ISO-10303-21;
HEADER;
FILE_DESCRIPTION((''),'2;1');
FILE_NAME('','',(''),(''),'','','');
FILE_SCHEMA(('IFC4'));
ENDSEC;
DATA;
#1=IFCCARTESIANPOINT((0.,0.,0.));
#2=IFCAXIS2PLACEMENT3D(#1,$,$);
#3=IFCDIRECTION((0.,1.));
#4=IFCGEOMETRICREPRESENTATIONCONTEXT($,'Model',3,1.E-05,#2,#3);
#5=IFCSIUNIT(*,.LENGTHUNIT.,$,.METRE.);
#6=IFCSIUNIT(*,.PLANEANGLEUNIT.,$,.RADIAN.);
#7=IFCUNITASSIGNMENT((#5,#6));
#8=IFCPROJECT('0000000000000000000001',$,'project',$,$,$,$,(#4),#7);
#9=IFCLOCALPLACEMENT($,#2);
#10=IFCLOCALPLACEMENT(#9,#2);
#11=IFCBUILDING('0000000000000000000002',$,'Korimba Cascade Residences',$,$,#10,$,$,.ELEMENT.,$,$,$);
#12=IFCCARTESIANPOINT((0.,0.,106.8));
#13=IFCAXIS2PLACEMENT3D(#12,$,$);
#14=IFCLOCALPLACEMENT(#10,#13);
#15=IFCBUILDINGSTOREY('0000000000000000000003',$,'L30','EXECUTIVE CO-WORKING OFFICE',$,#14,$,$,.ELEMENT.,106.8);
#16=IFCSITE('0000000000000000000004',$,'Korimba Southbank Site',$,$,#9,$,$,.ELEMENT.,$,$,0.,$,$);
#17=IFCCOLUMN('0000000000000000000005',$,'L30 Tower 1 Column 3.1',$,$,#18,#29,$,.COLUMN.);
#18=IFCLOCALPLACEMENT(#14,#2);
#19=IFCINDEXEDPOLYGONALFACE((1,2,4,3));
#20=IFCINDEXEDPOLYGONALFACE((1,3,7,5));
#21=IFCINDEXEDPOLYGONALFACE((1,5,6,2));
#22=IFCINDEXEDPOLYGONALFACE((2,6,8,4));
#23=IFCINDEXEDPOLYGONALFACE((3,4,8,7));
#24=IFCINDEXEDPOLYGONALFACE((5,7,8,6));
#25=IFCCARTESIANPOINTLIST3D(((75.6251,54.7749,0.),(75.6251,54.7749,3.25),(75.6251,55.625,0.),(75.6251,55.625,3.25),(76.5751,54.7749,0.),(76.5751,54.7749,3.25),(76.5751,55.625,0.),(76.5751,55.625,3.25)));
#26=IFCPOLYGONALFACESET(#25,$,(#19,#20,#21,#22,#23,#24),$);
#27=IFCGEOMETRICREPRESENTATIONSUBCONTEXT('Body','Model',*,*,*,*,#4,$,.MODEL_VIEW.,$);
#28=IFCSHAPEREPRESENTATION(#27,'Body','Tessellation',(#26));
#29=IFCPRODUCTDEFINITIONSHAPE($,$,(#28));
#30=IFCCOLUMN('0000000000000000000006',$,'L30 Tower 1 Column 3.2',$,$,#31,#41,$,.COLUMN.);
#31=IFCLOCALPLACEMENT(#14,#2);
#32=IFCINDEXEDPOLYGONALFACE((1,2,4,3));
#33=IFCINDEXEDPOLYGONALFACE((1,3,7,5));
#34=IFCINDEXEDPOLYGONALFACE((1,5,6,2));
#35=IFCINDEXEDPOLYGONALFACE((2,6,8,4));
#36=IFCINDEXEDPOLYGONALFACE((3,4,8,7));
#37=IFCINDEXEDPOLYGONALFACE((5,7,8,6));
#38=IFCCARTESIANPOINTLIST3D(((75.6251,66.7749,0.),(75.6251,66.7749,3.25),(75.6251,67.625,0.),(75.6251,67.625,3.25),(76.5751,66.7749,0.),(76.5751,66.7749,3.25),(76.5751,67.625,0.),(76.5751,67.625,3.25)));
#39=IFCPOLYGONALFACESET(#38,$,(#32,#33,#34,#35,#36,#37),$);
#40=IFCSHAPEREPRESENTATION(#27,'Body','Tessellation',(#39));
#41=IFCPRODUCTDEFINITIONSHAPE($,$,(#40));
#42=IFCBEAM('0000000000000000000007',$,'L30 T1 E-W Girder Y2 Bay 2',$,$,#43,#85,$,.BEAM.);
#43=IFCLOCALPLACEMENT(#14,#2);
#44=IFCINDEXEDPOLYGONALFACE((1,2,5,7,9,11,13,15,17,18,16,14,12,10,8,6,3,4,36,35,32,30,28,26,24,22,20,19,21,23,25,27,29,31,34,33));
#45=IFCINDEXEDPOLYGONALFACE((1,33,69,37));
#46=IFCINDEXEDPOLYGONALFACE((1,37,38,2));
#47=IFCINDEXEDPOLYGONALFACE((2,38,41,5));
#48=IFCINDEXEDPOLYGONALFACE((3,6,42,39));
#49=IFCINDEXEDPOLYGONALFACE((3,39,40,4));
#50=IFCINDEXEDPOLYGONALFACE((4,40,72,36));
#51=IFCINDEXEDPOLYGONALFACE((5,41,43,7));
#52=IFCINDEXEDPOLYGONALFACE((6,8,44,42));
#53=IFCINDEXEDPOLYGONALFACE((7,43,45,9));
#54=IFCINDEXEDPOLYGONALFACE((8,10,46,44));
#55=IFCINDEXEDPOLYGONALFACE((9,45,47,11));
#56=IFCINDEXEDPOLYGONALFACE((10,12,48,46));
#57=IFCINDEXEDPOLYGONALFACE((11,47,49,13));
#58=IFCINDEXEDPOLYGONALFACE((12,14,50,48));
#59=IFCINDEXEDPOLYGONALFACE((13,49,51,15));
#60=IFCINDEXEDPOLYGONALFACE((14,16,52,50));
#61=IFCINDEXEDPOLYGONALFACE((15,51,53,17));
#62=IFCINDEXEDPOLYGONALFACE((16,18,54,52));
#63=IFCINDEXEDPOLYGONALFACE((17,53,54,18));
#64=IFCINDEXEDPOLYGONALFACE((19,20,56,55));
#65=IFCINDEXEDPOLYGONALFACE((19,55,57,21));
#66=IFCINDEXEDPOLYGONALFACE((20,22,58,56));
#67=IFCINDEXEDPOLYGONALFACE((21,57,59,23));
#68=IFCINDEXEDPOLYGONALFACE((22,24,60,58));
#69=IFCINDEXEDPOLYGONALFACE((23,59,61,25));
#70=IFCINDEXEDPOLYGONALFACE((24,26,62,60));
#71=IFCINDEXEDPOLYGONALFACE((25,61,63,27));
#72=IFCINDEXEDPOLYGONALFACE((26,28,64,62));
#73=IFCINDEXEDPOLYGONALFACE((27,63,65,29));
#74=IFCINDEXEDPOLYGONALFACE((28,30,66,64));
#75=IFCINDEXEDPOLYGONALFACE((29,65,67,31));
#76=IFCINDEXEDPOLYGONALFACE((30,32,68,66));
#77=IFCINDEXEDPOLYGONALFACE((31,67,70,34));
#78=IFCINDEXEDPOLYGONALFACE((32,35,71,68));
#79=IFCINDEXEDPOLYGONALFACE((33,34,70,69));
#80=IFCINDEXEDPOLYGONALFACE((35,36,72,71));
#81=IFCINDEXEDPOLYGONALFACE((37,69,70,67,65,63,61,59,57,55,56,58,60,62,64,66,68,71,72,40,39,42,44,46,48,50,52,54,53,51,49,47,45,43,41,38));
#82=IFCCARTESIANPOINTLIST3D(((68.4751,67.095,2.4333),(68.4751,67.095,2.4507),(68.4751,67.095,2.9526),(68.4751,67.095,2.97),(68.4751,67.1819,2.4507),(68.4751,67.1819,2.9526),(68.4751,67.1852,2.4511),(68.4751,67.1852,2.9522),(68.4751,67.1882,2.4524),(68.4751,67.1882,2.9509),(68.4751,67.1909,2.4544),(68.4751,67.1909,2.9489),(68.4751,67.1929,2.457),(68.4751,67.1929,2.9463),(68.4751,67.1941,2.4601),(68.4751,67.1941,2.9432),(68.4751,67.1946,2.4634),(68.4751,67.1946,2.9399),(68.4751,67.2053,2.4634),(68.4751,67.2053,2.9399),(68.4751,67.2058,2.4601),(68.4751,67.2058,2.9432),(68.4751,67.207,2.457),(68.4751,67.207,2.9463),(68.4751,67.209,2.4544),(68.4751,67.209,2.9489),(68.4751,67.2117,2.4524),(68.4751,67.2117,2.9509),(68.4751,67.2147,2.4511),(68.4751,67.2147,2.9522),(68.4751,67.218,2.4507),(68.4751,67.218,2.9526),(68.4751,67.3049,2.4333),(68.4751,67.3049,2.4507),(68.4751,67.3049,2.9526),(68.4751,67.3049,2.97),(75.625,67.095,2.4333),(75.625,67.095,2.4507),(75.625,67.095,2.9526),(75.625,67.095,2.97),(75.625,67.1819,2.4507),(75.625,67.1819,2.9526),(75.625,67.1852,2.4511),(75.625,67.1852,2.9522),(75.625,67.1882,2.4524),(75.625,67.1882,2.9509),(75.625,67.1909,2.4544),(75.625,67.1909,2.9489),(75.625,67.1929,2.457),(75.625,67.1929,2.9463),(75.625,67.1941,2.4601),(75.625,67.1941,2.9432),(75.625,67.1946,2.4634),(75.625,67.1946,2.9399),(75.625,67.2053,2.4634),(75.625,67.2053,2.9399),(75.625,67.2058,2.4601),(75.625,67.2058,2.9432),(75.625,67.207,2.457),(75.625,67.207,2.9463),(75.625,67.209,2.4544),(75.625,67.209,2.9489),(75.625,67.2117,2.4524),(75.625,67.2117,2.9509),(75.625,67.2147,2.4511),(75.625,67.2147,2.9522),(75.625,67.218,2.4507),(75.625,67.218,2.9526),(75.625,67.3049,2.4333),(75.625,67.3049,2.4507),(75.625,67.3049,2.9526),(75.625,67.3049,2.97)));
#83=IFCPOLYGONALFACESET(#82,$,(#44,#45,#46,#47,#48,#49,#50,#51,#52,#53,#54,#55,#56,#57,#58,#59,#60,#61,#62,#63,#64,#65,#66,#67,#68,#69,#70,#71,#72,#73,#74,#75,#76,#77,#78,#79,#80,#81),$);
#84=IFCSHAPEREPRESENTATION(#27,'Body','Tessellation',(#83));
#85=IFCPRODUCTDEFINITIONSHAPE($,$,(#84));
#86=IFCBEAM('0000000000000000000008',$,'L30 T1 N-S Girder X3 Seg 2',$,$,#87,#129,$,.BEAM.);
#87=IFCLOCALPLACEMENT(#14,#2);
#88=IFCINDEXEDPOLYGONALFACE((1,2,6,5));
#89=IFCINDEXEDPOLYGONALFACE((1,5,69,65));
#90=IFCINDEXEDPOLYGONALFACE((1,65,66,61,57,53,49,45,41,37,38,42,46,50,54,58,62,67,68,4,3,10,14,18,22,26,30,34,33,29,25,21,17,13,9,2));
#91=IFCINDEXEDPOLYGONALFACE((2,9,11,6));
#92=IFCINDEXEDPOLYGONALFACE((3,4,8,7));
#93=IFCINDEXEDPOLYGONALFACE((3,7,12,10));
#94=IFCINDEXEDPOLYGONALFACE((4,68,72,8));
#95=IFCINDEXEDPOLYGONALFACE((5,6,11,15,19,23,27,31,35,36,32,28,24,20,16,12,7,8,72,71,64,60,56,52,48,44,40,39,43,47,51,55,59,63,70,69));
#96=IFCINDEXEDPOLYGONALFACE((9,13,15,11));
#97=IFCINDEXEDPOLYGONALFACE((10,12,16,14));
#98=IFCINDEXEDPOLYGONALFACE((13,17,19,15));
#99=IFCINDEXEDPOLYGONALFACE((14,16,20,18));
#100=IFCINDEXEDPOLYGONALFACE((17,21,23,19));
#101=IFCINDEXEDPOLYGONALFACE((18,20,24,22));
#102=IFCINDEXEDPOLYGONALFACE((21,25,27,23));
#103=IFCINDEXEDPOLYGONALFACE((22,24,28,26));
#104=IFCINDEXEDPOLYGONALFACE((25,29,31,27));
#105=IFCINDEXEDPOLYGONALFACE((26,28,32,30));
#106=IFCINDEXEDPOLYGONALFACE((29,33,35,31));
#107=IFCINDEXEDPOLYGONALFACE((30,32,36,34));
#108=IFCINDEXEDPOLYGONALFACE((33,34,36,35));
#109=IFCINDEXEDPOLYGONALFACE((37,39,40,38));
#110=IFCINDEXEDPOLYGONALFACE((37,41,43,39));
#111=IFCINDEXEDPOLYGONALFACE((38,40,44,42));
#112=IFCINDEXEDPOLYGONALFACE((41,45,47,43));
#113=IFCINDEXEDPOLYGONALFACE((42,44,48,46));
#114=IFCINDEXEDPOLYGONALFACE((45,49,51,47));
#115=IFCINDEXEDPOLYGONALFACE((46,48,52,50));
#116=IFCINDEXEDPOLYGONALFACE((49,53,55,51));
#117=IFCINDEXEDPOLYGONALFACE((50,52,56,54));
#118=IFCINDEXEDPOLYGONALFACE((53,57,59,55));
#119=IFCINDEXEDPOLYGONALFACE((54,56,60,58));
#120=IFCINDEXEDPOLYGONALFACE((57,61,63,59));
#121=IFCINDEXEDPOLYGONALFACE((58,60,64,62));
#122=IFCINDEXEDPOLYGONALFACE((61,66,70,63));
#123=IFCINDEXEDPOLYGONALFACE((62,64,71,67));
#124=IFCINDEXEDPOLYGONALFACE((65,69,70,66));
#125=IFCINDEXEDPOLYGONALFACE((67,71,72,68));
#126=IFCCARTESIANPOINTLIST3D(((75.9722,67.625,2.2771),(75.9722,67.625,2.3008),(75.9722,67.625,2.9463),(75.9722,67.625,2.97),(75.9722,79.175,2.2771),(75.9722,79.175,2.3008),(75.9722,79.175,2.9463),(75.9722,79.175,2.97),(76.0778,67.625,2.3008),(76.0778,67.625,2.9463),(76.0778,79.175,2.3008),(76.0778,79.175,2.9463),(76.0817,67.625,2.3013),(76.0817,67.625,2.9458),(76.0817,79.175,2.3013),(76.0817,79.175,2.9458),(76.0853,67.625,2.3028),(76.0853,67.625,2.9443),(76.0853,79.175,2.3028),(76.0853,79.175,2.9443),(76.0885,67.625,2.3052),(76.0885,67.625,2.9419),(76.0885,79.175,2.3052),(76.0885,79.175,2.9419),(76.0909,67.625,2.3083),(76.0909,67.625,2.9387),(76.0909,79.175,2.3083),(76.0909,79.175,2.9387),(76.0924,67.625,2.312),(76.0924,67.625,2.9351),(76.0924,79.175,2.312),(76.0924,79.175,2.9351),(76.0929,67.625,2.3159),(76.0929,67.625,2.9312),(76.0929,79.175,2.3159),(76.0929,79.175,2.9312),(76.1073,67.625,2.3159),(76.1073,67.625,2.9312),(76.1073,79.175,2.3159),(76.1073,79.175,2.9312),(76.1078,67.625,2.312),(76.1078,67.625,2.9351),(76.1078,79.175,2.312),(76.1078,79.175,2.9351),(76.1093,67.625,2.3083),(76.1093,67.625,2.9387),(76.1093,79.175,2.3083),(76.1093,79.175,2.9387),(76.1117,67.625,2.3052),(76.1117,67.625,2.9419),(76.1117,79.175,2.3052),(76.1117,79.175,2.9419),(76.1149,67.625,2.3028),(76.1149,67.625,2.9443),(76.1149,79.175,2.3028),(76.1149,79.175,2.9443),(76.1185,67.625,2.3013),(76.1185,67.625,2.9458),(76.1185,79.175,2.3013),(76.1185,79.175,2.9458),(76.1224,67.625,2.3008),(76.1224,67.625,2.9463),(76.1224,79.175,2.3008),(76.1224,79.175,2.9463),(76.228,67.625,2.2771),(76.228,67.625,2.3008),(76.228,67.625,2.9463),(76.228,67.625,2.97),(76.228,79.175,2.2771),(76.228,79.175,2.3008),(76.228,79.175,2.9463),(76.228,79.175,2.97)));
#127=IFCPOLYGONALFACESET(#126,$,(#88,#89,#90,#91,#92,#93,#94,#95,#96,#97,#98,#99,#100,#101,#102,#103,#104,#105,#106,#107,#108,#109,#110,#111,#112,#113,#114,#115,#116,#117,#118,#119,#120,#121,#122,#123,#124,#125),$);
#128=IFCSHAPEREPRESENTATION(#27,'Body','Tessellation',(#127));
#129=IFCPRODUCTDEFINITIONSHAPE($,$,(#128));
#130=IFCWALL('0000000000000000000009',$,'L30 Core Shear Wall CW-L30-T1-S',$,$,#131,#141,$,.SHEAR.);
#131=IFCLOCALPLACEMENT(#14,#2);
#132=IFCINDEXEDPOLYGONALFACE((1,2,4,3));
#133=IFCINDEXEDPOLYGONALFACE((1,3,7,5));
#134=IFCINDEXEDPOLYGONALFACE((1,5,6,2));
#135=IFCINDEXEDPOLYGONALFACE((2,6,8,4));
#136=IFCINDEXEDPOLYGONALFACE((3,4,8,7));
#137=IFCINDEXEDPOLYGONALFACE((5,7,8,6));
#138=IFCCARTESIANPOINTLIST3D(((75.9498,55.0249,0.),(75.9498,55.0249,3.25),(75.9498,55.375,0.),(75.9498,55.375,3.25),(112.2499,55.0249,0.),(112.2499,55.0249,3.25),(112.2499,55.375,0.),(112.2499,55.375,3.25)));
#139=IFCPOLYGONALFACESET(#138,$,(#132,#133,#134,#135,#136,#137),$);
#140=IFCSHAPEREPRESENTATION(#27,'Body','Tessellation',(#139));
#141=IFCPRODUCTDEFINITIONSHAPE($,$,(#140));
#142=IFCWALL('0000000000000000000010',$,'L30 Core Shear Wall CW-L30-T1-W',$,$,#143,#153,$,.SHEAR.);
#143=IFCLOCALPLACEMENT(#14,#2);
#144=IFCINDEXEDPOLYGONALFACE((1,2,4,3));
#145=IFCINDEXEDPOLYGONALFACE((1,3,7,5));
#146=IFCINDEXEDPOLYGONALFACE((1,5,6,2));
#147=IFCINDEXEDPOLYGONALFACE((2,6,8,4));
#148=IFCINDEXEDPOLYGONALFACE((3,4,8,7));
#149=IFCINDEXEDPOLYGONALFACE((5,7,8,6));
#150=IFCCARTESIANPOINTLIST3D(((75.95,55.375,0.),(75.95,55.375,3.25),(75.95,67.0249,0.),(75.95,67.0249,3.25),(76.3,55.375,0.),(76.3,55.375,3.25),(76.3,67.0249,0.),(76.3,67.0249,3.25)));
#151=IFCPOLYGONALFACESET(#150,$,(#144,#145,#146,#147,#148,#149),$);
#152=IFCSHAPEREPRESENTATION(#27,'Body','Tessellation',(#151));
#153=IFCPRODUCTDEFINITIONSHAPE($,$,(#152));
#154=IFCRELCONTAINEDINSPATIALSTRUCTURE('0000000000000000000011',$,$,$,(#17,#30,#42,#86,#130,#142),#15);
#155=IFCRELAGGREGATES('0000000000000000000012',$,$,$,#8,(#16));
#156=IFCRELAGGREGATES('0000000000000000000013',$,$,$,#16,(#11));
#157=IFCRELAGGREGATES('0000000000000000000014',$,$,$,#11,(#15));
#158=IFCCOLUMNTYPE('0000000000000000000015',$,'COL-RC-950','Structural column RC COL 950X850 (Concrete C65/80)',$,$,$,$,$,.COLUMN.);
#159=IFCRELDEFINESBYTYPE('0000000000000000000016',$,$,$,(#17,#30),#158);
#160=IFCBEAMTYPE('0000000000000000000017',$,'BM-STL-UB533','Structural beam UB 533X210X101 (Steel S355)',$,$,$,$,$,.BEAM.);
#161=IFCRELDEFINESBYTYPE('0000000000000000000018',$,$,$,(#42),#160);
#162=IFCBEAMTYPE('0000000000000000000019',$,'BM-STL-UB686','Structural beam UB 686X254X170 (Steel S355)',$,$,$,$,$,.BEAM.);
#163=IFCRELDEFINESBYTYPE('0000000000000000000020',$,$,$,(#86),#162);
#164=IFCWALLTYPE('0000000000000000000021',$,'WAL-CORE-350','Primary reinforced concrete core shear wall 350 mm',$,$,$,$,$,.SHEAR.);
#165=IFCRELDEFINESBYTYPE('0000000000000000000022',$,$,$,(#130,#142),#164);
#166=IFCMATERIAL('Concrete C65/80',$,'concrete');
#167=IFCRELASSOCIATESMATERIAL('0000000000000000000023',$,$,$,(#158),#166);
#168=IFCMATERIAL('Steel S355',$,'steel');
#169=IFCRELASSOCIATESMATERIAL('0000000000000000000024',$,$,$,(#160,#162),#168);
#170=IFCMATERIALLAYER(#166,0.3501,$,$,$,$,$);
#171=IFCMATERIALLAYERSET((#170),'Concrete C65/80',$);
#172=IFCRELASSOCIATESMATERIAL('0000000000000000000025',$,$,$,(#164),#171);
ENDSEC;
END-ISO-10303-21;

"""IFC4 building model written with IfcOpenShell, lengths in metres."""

from ifc_helpers import new_model, si_unit, direction, frame, frame_2d, origin, origin_2d, place, context, subcontext, project, spatial, rectangle, i_section, extrude, material, layer, layer_set, material_profile, profile_set, type_object, element, save


model = new_model("IFC4")

# Units and contexts
model_context = context("Model", 3, precision=1e-05, world=origin(), true_north=direction((0.0, 1.0)))
body_context = subcontext(model_context, "Body", "Model", "MODEL_VIEW")
ifc_project = project(units=[si_unit("LENGTHUNIT", "METRE"), si_unit("PLANEANGLEUNIT", "RADIAN")], contexts=[model_context])

# Site, building, storey
site_placement = place(None, origin())
site = spatial("IfcSite", under=ifc_project, at=site_placement, Name="Korimba Southbank Site", CompositionType="ELEMENT", RefElevation=0.0)
building_placement = place(site_placement, origin())
building = spatial("IfcBuilding", under=site, at=building_placement, Name="Korimba Cascade Residences", CompositionType="ELEMENT")
storey_placement = place(building_placement, frame((0.0, 0.0, 106.8)))
storey = spatial("IfcBuildingStorey", under=building, at=storey_placement, Name="L30", Description="EXECUTIVE CO-WORKING OFFICE", CompositionType="ELEMENT", Elevation=106.8)

# Columns
ifc_material_1 = material(Name="Concrete C65/80", Category="concrete")
ifc_material_profile_1 = material_profile(ifc_material_1, rectangle(XDim=0.95, YDim=0.8501, at=origin_2d()), Name="Concrete C65/80")
ifc_profile_set_1 = profile_set([ifc_material_profile_1], Name="Concrete C65/80")
column_type = type_object("IfcColumnType", Name="COL-RC-950", Description="Structural column RC COL 950X850 (Concrete C65/80)", PredefinedType="COLUMN", material=ifc_profile_set_1)
for number, where, z_axis, x_axis, name in (
    (1, (76.1001, 55.2, 0.0), (0.0, 0.0, 1.0), (1.0, 0.0, 0.0), "L30 Tower 1 Column 3.1"),
    (2, (76.1001, 67.2, 0.0), (0.0, 0.0, 1.0), (1.0, 0.0, 0.0), "L30 Tower 1 Column 3.2"),
):
    element("IfcColumn", number, at=place(storey_placement, frame(where, z_axis=z_axis, x_axis=x_axis)), inside=storey, type_object=column_type, Name=name, PredefinedType="COLUMN", context=body_context, shape_type="SweptSolid", body=[
        extrude(rectangle(XDim=0.95, YDim=0.8501, at=origin_2d()), origin(), (0.0, 0.0, 1.0), 3.25),
    ])

# Beams
ifc_material_2 = material(Name="Steel S355", Category="steel")
ifc_material_profile_2 = material_profile(ifc_material_2, i_section(OverallWidth=0.21, OverallDepth=0.5366, WebThickness=0.0107, FlangeThickness=0.0173, FilletRadius=0.0127, at=origin_2d()), Name="Steel S355")
ifc_profile_set_2 = profile_set([ifc_material_profile_2], Name="Steel S355")
beam_type_1 = type_object("IfcBeamType", Name="BM-STL-UB533", Description="Structural beam UB 533X210X101 (Steel S355)", PredefinedType="BEAM", material=ifc_profile_set_2)
beam_1_placement = place(storey_placement, frame((68.4751, 67.2, 2.7017), z_axis=(1.0, 0.0, 0.0), x_axis=(0.0, 1.0, 0.0)))
element("IfcBeam", 3, at=beam_1_placement, inside=storey, type_object=beam_type_1, Name="L30 T1 E-W Girder Y2 Bay 2", PredefinedType="BEAM", context=body_context, shape_type="SweptSolid", body=[
    extrude(i_section(OverallWidth=0.21, OverallDepth=0.5366, WebThickness=0.0107, FlangeThickness=0.0173, FilletRadius=0.0127, at=origin_2d()), origin(), (0.0, 0.0, 1.0), 7.1499),
])
ifc_material_profile_3 = material_profile(ifc_material_2, i_section(OverallWidth=0.2559, OverallDepth=0.6929, WebThickness=0.0144, FlangeThickness=0.0237, FilletRadius=0.0151, at=origin_2d()), Name="Steel S355")
ifc_profile_set_3 = profile_set([ifc_material_profile_3], Name="Steel S355")
beam_type_2 = type_object("IfcBeamType", Name="BM-STL-UB686", Description="Structural beam UB 686X254X170 (Steel S355)", PredefinedType="BEAM", material=ifc_profile_set_3)
beam_2_placement = place(storey_placement, frame((76.1001, 67.625, 2.6235), z_axis=(0.0, 1.0, 0.0), x_axis=(-1.0, 0.0, 0.0)))
element("IfcBeam", 4, at=beam_2_placement, inside=storey, type_object=beam_type_2, Name="L30 T1 N-S Girder X3 Seg 2", PredefinedType="BEAM", context=body_context, shape_type="SweptSolid", body=[
    extrude(i_section(OverallWidth=0.2559, OverallDepth=0.6929, WebThickness=0.0144, FlangeThickness=0.0237, FilletRadius=0.0151, at=origin_2d()), origin(), (0.0, 0.0, 1.0), 11.55),
])

# Walls
ifc_layer_1 = layer(ifc_material_1, 0.3501)
ifc_layer_set_1 = layer_set([ifc_layer_1], Name="Concrete C65/80")
wall_type_1 = type_object("IfcWallType", Name="WAL-CORE-350", Description="Primary reinforced concrete core shear wall 350 mm", PredefinedType="SHEAR", material=ifc_layer_set_1)
wall_1_placement = place(storey_placement, frame((75.95, 55.2, 0.0), z_axis=(0.0, 0.0, 1.0), x_axis=(1.0, 0.0, 0.0)))
element("IfcWall", 5, at=wall_1_placement, inside=storey, type_object=wall_type_1, Name="L30 Core Shear Wall CW-L30-T1-S", PredefinedType="SHEAR", context=body_context, shape_type="SweptSolid", body=[
    extrude(rectangle(XDim=36.3, YDim=0.3501, at=frame_2d((18.1499, 0.0))), origin(), (0.0, 0.0, 1.0), 3.25),
])
wall_2_placement = place(storey_placement, frame((76.125, 55.375, 0.0), z_axis=(0.0, 0.0, 1.0), x_axis=(0.0, 1.0, 0.0)))
element("IfcWall", 6, at=wall_2_placement, inside=storey, type_object=wall_type_1, Name="L30 Core Shear Wall CW-L30-T1-W", PredefinedType="SHEAR", context=body_context, shape_type="SweptSolid", body=[
    extrude(rectangle(XDim=11.6499, YDim=0.3501, at=frame_2d((5.825, 0.0))), origin(), (0.0, 0.0, 1.0), 3.25),
])

save(model, "model.ifc")
